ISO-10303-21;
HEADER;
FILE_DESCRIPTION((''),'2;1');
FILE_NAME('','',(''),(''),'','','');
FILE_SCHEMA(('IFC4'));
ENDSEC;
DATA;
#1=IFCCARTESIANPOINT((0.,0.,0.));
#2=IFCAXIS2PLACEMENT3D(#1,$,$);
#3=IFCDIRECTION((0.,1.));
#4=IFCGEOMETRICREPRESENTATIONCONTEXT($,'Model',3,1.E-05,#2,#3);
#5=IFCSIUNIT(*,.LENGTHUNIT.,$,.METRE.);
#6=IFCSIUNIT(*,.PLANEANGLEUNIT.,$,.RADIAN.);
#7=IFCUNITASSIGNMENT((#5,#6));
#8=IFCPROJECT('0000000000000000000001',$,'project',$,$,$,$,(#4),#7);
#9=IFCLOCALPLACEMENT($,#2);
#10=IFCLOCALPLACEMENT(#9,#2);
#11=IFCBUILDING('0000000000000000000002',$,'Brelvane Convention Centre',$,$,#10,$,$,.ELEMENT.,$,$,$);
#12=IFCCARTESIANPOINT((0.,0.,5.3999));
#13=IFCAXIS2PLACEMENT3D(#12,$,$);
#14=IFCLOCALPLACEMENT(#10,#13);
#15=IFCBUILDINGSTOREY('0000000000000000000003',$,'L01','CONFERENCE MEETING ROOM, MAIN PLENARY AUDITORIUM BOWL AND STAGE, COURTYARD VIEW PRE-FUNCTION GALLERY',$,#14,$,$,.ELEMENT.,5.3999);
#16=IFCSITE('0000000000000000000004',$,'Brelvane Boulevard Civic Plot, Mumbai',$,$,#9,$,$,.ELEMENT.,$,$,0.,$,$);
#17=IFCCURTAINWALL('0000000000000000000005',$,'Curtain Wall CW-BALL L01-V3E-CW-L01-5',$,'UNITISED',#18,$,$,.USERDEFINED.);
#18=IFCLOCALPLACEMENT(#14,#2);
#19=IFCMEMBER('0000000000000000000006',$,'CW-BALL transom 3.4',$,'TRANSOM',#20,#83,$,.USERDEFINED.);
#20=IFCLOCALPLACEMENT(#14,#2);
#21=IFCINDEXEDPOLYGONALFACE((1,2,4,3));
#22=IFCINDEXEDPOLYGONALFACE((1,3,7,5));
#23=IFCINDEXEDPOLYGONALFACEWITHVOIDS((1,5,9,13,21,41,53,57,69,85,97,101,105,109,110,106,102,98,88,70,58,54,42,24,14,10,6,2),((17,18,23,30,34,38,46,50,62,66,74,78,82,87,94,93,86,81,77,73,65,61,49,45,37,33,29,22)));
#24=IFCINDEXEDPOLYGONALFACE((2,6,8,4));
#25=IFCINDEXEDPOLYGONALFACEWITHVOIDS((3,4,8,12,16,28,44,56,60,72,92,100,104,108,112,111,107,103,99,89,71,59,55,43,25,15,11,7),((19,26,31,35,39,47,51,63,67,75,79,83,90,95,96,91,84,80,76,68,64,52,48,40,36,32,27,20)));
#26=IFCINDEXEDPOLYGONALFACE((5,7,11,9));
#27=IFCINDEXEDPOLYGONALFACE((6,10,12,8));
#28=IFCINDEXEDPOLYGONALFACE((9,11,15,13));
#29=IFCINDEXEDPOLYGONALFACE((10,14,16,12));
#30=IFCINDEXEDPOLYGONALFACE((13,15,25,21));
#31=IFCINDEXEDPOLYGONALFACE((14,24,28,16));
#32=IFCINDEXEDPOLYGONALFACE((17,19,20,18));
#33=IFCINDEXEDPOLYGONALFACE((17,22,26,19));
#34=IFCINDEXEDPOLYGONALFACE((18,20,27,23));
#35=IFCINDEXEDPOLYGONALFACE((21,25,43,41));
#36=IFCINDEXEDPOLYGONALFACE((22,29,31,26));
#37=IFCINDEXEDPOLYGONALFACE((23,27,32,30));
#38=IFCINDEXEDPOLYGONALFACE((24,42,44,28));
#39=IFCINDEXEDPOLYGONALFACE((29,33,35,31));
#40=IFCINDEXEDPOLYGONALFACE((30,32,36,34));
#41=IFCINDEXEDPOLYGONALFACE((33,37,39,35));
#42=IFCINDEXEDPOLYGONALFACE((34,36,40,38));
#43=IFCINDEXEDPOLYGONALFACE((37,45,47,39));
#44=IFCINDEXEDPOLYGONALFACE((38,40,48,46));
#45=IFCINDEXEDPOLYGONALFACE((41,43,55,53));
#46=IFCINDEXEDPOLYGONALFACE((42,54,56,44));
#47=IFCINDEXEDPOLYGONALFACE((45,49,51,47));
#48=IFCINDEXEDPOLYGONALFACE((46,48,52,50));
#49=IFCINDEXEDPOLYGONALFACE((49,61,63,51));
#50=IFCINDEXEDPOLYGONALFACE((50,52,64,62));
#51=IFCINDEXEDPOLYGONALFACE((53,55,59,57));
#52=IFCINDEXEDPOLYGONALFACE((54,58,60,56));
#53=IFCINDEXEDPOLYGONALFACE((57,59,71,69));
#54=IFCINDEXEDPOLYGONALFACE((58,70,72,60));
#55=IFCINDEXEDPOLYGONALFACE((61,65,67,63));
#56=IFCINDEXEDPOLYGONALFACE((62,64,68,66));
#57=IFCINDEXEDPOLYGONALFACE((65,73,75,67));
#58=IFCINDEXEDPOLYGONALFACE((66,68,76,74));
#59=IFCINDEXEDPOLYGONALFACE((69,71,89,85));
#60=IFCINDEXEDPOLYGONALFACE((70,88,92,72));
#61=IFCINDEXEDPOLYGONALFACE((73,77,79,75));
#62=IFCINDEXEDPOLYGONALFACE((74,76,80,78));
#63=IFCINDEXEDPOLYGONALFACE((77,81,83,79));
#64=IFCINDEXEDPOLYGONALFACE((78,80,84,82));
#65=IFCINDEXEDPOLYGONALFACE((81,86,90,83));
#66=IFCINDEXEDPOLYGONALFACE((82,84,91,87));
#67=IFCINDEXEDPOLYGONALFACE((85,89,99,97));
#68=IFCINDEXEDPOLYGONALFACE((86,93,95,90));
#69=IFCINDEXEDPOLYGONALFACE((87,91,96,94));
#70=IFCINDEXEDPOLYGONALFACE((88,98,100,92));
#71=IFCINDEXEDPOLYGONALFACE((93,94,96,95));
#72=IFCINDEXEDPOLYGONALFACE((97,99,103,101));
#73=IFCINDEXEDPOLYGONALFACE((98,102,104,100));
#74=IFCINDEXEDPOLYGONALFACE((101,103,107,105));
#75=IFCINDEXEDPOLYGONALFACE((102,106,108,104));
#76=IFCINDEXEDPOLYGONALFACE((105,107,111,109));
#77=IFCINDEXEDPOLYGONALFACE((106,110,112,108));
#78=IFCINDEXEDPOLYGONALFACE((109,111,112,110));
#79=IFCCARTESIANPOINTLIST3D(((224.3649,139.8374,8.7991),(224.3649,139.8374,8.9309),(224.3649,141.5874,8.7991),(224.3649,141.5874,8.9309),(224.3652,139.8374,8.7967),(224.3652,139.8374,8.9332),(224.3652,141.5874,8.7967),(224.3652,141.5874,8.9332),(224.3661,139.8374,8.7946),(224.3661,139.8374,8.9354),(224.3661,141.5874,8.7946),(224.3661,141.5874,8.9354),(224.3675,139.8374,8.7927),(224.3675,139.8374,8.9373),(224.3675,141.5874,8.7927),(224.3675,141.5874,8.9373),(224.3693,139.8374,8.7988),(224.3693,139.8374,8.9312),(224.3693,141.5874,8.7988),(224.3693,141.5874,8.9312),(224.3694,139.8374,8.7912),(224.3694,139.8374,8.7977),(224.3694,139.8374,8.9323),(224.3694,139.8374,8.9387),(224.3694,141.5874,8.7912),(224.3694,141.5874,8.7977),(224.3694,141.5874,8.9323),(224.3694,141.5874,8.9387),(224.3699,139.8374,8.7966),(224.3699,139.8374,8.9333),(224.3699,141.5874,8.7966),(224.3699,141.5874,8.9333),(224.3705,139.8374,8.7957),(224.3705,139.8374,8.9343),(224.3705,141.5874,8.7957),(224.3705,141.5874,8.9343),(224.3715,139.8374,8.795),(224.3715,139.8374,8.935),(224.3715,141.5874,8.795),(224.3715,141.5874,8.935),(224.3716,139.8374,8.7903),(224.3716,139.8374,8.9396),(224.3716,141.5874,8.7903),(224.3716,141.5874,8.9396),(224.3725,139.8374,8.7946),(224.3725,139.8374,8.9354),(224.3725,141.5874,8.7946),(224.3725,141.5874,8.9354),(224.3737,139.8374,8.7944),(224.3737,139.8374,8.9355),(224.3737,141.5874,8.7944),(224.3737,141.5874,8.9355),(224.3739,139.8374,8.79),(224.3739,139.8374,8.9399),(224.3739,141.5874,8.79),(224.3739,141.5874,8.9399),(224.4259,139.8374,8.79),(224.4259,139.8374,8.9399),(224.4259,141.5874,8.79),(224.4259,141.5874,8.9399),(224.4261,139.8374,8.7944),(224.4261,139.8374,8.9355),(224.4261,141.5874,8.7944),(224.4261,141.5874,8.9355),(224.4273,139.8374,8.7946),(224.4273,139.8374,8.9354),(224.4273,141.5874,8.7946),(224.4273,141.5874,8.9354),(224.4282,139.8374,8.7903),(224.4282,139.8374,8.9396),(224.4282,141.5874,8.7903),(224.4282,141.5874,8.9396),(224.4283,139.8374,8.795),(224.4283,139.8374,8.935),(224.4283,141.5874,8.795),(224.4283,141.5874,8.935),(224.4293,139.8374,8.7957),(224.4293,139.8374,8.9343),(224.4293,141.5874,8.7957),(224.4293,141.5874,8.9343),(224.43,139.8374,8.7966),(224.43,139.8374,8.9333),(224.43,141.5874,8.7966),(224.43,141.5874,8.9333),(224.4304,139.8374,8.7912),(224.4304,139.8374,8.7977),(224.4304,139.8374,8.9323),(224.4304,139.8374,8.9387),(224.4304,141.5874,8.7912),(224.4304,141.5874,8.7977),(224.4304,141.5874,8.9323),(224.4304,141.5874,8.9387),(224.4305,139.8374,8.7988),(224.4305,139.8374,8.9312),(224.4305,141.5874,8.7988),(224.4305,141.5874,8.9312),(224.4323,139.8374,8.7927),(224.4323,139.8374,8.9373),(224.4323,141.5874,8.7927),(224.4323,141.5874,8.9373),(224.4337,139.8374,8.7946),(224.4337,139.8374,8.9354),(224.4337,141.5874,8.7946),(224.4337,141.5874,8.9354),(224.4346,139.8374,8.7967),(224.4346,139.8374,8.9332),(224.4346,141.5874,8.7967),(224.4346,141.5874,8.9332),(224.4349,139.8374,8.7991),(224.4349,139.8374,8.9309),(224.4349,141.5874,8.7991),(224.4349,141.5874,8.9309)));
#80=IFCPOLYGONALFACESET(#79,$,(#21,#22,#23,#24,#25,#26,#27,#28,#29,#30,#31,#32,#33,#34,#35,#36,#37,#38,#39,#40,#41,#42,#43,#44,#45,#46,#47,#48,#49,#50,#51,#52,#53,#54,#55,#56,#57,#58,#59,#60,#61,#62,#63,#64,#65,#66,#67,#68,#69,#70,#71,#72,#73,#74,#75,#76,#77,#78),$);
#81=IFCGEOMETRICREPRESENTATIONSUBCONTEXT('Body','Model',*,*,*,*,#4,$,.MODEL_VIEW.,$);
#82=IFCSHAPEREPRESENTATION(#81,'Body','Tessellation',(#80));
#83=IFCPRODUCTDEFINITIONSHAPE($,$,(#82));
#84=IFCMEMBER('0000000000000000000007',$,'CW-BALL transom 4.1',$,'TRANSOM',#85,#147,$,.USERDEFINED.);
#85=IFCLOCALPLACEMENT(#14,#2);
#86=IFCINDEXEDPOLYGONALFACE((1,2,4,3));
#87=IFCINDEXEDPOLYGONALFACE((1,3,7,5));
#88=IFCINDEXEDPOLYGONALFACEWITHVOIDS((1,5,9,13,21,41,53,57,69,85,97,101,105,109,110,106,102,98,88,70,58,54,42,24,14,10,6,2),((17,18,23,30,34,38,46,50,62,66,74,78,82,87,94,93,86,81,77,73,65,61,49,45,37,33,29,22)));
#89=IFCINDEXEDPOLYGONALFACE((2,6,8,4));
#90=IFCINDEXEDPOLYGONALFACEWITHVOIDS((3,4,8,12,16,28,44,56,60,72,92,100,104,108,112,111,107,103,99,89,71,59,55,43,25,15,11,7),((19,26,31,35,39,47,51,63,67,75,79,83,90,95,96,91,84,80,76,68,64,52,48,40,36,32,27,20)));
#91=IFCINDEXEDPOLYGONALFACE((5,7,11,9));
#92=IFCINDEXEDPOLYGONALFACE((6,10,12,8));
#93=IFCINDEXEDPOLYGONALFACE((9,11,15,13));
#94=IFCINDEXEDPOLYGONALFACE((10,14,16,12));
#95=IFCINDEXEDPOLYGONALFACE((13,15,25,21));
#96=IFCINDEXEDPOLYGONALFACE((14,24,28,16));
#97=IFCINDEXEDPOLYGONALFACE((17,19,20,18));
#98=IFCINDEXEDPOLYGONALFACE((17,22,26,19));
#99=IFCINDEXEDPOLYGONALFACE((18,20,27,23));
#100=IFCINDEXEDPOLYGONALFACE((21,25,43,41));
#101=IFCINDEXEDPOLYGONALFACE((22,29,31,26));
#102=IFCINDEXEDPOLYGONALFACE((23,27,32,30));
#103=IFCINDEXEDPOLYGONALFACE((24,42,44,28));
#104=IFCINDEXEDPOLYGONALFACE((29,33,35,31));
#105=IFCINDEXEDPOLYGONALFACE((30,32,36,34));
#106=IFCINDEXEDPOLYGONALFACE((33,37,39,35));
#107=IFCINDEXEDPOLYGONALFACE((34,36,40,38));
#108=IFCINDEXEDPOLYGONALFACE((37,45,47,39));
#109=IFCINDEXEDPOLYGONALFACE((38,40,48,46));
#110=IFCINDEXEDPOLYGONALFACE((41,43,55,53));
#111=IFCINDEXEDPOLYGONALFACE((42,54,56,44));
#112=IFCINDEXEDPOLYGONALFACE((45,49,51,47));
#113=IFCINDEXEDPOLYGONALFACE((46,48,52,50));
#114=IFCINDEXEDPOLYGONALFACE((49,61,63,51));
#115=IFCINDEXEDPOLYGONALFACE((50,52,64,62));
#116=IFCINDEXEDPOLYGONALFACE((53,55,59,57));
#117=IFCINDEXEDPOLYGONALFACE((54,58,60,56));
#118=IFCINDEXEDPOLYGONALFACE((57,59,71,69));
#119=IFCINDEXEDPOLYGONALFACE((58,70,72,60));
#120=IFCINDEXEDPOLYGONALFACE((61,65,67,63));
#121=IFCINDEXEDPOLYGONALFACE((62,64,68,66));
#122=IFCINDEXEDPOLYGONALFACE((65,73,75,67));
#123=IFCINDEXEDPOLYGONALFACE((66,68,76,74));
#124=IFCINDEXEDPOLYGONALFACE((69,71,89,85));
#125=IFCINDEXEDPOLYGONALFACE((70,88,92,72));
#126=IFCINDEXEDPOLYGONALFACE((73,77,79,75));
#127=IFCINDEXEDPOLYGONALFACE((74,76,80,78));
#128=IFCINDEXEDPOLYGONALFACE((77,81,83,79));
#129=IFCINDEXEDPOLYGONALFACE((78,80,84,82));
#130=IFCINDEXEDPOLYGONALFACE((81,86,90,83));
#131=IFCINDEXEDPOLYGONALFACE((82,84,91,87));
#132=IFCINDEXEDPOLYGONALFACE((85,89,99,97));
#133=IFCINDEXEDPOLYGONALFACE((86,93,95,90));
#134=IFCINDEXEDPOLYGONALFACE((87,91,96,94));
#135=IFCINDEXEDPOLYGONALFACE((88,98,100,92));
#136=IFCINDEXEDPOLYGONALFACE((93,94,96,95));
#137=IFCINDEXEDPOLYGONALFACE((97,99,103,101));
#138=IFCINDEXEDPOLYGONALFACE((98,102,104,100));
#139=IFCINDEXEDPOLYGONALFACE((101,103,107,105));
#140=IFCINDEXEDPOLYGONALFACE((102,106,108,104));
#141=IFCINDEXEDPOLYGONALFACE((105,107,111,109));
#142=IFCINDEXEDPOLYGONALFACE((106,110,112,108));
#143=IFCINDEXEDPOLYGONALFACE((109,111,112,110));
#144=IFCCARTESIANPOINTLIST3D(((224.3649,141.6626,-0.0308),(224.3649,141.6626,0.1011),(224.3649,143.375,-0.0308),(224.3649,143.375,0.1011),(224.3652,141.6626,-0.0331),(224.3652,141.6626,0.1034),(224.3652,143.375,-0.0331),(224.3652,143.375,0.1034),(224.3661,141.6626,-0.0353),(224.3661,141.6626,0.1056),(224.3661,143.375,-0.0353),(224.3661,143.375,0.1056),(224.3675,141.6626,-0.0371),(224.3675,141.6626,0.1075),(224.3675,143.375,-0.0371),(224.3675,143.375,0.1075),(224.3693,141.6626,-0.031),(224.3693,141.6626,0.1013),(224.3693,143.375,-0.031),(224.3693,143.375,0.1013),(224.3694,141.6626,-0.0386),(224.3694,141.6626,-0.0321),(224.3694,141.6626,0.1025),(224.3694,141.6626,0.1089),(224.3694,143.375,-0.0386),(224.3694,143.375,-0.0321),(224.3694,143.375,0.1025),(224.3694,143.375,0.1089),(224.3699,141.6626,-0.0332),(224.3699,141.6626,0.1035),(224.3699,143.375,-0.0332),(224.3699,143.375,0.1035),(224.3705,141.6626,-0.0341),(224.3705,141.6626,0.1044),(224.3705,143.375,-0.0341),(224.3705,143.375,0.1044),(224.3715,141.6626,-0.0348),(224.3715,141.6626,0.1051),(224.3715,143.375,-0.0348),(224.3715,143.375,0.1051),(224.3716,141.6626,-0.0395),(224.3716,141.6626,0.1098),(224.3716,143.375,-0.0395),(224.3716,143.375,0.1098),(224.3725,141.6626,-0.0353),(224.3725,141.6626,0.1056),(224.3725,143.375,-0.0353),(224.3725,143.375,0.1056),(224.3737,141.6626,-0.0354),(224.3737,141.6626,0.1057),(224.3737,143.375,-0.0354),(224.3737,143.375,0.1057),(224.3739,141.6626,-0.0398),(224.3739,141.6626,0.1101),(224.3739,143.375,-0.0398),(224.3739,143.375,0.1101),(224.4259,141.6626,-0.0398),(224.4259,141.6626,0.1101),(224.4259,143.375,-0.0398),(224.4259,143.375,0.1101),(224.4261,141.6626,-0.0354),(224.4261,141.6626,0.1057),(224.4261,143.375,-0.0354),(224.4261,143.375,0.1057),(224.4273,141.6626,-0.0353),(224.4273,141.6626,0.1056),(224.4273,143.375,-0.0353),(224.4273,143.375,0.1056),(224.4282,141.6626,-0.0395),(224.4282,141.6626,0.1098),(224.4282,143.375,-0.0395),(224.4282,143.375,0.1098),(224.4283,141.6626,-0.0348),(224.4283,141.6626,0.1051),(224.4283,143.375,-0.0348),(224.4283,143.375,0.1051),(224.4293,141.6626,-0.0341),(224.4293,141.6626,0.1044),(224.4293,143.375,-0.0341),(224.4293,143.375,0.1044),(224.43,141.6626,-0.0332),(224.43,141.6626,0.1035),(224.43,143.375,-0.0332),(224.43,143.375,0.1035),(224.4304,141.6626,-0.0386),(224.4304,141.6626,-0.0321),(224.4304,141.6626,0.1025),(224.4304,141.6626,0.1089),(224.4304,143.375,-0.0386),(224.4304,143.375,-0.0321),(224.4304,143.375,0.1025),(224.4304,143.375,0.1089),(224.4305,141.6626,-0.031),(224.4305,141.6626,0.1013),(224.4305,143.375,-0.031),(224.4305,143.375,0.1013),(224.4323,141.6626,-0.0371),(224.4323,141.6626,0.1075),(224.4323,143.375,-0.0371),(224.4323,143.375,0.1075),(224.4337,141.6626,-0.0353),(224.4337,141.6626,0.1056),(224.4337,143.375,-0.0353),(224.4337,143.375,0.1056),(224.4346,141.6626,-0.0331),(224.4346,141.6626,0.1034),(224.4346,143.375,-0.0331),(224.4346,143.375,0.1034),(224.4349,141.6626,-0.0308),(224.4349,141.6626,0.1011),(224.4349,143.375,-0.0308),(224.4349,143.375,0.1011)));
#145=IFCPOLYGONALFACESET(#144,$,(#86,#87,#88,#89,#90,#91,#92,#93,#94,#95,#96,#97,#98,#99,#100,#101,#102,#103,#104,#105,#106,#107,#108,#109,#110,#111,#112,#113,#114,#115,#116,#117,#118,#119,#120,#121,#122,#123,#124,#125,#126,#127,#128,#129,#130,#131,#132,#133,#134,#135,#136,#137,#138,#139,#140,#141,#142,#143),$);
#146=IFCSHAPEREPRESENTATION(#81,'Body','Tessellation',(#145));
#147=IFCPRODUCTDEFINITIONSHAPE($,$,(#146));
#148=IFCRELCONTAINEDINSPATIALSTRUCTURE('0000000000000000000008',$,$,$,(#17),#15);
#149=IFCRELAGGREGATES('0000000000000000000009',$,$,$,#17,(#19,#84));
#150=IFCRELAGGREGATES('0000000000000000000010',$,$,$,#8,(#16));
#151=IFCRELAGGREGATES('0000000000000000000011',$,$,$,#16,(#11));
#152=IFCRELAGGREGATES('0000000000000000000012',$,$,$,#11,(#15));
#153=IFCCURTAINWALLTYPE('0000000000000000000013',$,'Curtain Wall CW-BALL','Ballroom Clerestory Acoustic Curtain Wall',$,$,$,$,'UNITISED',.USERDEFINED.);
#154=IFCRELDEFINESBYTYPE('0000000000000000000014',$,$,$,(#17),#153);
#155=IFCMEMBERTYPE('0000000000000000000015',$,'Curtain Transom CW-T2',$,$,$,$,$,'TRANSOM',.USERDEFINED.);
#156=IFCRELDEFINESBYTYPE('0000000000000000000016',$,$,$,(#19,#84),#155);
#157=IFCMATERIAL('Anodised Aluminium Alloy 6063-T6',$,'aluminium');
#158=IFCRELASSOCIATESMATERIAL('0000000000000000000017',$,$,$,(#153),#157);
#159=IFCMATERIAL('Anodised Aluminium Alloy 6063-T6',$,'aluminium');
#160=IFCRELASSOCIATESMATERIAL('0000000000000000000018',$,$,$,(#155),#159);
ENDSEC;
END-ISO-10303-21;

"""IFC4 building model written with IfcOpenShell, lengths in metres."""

from ifc_helpers import new_model, si_unit, direction, frame, origin, origin_2d, place, context, subcontext, project, spatial, hollow_rectangle, extrude, material, material_profile, profile_set, type_object, element, aggregate, save


model = new_model("IFC4")

# Units and contexts
model_context = context("Model", 3, precision=1e-05, world=origin(), true_north=direction((0.0, 1.0)))
body_context = subcontext(model_context, "Body", "Model", "MODEL_VIEW")
ifc_project = project(units=[si_unit("LENGTHUNIT", "METRE"), si_unit("PLANEANGLEUNIT", "RADIAN")], contexts=[model_context])

# Site, building, storey
site_placement = place(None, origin())
site = spatial("IfcSite", under=ifc_project, at=site_placement, Name="Brelvane Boulevard Civic Plot, Mumbai", CompositionType="ELEMENT", RefElevation=0.0)
building_placement = place(site_placement, origin())
building = spatial("IfcBuilding", under=site, at=building_placement, Name="Brelvane Convention Centre", CompositionType="ELEMENT")
storey_placement = place(building_placement, frame((0.0, 0.0, 5.3999)))
storey = spatial("IfcBuildingStorey", under=building, at=storey_placement, Name="L01", Description="CONFERENCE MEETING ROOM, MAIN PLENARY AUDITORIUM BOWL AND STAGE, COURTYARD VIEW PRE-FUNCTION GALLERY", CompositionType="ELEMENT", Elevation=5.3999)

# Curtain wall, members
ifc_material_1 = material(Name="Anodised Aluminium Alloy 6063-T6", Category="aluminium")
curtain_wall_type = type_object("IfcCurtainWallType", Name="Curtain Wall CW-BALL", Description="Ballroom Clerestory Acoustic Curtain Wall", ElementType="UNITISED", PredefinedType="USERDEFINED", material=ifc_material_1)
curtain_wall_placement = place(storey_placement, origin())
curtain_wall = element("IfcCurtainWall", 1, at=curtain_wall_placement, inside=storey, type_object=curtain_wall_type, Name="Curtain Wall CW-BALL L01-V3E-CW-L01-5", ObjectType="UNITISED", PredefinedType="USERDEFINED")
ifc_material_2 = material(Name="Anodised Aluminium Alloy 6063-T6", Category="aluminium")
ifc_material_profile_1 = material_profile(ifc_material_2, hollow_rectangle(XDim=0.0701, YDim=0.1499, WallThickness=0.0044, InnerFilletRadius=0.0044, OuterFilletRadius=0.009, at=origin_2d()), Name="ALU-T 150x70x4.5")
ifc_profile_set_1 = profile_set([ifc_material_profile_1], Name="Anodised Aluminium Alloy 6063-T6")
member_type_1 = type_object("IfcMemberType", Name="Curtain Transom CW-T2", ElementType="TRANSOM", PredefinedType="USERDEFINED", material=ifc_profile_set_1)
member_1_placement = place(storey_placement, frame((224.3999, 139.8374, 8.865), z_axis=(0.0, 1.0, 0.0), x_axis=(-1.0, 0.0, 0.0)))
member_1 = element("IfcMember", 2, at=member_1_placement, type_object=member_type_1, Name="CW-BALL transom 3.4", ObjectType="TRANSOM", PredefinedType="USERDEFINED", context=body_context, shape_type="SweptSolid", body=[
    extrude(hollow_rectangle(XDim=0.0701, YDim=0.1499, WallThickness=0.0044, InnerFilletRadius=0.0044, OuterFilletRadius=0.009, at=origin_2d()), origin(), (0.0, 0.0, 1.0), 1.75),
])
member_2_placement = place(storey_placement, frame((224.3999, 141.6626, 0.0352), z_axis=(0.0, 1.0, 0.0), x_axis=(-1.0, 0.0, 0.0)))
member_2 = element("IfcMember", 3, at=member_2_placement, type_object=member_type_1, Name="CW-BALL transom 4.1", ObjectType="TRANSOM", PredefinedType="USERDEFINED", context=body_context, shape_type="SweptSolid", body=[
    extrude(hollow_rectangle(XDim=0.0701, YDim=0.1499, WallThickness=0.0044, InnerFilletRadius=0.0044, OuterFilletRadius=0.009, at=origin_2d()), origin(), (0.0, 0.0, 1.0), 1.7124),
])
aggregate(curtain_wall, [member_1, member_2])

save(model, "model.ifc")
